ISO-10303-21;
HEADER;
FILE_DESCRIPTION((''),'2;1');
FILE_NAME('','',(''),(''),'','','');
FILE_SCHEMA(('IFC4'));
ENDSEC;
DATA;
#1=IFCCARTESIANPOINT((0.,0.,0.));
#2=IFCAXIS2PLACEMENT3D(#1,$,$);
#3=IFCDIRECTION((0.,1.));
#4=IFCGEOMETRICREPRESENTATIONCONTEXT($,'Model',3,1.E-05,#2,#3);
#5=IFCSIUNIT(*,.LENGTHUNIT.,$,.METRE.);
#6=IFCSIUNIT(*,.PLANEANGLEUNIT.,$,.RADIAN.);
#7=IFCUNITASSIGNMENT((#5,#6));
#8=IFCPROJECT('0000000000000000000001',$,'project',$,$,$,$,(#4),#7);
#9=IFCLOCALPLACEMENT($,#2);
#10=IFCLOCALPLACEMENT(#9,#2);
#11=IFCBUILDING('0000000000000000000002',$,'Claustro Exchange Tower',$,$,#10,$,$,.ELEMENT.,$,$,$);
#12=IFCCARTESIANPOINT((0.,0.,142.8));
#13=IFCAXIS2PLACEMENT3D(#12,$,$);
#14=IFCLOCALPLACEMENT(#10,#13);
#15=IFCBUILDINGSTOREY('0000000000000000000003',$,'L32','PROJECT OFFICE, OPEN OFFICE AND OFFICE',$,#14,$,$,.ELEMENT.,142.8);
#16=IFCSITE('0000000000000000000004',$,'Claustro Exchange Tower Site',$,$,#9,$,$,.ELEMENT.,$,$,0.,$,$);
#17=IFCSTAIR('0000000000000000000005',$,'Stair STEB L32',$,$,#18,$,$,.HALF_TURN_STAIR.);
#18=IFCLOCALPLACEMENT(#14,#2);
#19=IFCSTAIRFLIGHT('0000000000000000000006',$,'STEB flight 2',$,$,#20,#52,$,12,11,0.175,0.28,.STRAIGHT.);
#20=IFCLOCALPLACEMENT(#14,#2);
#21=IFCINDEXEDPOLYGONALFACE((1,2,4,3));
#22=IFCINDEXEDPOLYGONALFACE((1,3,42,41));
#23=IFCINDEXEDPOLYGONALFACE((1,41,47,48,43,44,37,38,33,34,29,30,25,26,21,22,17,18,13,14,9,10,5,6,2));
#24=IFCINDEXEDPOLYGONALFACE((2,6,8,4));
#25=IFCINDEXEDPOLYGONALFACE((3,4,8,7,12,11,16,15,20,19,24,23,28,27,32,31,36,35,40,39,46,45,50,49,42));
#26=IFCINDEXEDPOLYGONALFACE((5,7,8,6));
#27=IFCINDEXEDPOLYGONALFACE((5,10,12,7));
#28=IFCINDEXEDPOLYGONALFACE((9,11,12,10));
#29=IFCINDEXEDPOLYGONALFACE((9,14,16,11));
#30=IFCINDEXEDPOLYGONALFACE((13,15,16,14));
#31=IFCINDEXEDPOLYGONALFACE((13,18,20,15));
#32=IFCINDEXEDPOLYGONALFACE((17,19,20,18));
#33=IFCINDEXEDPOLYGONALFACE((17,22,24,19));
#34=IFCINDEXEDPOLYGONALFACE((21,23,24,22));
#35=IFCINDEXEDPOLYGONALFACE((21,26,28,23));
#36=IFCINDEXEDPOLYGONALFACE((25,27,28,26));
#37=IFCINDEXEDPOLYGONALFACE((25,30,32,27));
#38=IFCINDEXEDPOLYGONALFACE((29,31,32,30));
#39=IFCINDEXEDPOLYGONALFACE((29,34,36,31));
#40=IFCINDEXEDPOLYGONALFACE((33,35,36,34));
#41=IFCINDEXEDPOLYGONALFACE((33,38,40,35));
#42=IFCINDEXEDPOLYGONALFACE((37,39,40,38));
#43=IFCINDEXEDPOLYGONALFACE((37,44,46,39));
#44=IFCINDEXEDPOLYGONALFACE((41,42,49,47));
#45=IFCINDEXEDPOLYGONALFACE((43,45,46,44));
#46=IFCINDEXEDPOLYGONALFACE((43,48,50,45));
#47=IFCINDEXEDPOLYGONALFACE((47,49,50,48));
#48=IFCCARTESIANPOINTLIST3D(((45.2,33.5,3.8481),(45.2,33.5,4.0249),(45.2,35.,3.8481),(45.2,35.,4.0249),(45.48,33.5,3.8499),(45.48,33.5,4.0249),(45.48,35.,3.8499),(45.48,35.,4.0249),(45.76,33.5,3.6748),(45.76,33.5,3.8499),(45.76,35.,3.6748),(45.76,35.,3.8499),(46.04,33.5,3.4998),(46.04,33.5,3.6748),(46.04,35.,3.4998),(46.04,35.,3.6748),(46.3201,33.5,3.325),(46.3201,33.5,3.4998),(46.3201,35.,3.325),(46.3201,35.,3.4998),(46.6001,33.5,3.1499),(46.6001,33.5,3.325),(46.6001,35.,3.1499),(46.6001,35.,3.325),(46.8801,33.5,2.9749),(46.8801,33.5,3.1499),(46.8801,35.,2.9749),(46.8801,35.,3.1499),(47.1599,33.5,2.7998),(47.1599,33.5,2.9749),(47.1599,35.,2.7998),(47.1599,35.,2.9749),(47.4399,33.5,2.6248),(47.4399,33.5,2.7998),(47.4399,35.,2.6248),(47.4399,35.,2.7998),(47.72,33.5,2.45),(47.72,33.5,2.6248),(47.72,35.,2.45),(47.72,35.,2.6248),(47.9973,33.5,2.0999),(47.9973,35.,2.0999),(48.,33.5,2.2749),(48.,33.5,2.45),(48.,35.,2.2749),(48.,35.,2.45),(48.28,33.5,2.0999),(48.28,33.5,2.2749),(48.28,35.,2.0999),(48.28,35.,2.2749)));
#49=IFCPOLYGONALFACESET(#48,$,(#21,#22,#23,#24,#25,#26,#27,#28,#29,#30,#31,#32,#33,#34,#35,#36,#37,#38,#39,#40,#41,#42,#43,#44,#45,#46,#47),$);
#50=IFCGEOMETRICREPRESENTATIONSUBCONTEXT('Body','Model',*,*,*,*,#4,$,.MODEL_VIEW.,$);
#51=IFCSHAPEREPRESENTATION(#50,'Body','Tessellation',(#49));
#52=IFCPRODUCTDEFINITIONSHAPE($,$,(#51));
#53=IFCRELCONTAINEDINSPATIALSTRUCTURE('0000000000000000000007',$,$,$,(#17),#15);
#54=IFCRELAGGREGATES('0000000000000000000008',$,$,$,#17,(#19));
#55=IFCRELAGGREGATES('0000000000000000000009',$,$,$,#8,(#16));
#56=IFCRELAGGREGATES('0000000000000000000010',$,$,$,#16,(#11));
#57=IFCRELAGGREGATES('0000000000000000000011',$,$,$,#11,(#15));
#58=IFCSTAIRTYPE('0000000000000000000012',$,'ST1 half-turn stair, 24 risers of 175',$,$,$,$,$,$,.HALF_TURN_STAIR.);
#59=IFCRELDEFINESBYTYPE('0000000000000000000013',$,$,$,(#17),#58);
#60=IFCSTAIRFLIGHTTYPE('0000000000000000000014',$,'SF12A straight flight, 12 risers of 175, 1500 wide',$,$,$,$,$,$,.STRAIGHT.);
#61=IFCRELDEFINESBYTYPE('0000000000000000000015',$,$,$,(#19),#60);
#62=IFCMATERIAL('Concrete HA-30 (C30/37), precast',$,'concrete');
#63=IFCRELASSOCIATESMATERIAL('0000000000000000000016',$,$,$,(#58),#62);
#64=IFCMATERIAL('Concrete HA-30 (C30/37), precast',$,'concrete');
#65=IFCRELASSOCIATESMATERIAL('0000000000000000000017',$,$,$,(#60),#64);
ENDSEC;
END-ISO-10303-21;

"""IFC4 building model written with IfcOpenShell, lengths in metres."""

from ifc_helpers import new_model, si_unit, direction, frame, origin, place, context, subcontext, project, spatial, polyline, outline, extrude, material, type_object, element, aggregate, save


model = new_model("IFC4")

# Units and contexts
model_context = context("Model", 3, precision=1e-05, world=origin(), true_north=direction((0.0, 1.0)))
body_context = subcontext(model_context, "Body", "Model", "MODEL_VIEW")
ifc_project = project(units=[si_unit("LENGTHUNIT", "METRE"), si_unit("PLANEANGLEUNIT", "RADIAN")], contexts=[model_context])

# Site, building, storey
site_placement = place(None, origin())
site = spatial("IfcSite", under=ifc_project, at=site_placement, Name="Claustro Exchange Tower Site", CompositionType="ELEMENT", RefElevation=0.0)
building_placement = place(site_placement, origin())
building = spatial("IfcBuilding", under=site, at=building_placement, Name="Claustro Exchange Tower", CompositionType="ELEMENT")
storey_placement = place(building_placement, frame((0.0, 0.0, 142.8)))
storey = spatial("IfcBuildingStorey", under=building, at=storey_placement, Name="L32", Description="PROJECT OFFICE, OPEN OFFICE AND OFFICE", CompositionType="ELEMENT", Elevation=142.8)

# Stair, stair flight
ifc_material_1 = material(Name="Concrete HA-30 (C30/37), precast", Category="concrete")
stair_type = type_object("IfcStairType", Name="ST1 half-turn stair, 24 risers of 175", PredefinedType="HALF_TURN_STAIR", material=ifc_material_1)
stair_placement = place(storey_placement, origin())
stair = element("IfcStair", 1, at=stair_placement, inside=storey, type_object=stair_type, Name="Stair STEB L32", PredefinedType="HALF_TURN_STAIR")
ifc_material_2 = material(Name="Concrete HA-30 (C30/37), precast", Category="concrete")
stair_flight_type = type_object("IfcStairFlightType", Name="SF12A straight flight, 12 risers of 175, 1500 wide", PredefinedType="STRAIGHT", material=ifc_material_2)
stair_flight_1_placement = place(storey_placement, frame((48.28, 34.25, 2.0999), z_axis=(0.0, 0.0, 1.0), x_axis=(-1.0, 0.0, 0.0)))
stair_flight_1 = element("IfcStairFlight", 2, at=stair_flight_1_placement, type_object=stair_flight_type, Name="STEB flight 2", NumberOfRisers=12, NumberOfTreads=11, PredefinedType="STRAIGHT", RiserHeight=0.175, TreadLength=0.28, context=body_context, shape_type="SweptSolid", body=[
    extrude(outline(polyline([(0.0, 0.0), (0.0, 0.175), (0.28, 0.175), (0.28, 0.3501), (0.5601, 0.3501), (0.5601, 0.5249), (0.8401, 0.5249), (0.8401, 0.7), (1.1201, 0.7), (1.1201, 0.875), (1.3999, 0.875), (1.3999, 1.05), (1.6799, 1.05), (1.6799, 1.2251), (1.96, 1.2251), (1.96, 1.3999), (2.24, 1.3999), (2.24, 1.575), (2.52, 1.575), (2.52, 1.75), (2.8, 1.75), (2.8, 1.925), (3.0801, 1.925), (3.0801, 2.1001), (3.0801, 1.7483), (0.2827, 0.0), (0.0, 0.0)])), frame((0.0, 0.75, 0.0), z_axis=(0.0, -1.0, 0.0), x_axis=(1.0, 0.0, 0.0)), (0.0, 0.0, 1.0), 1.5),
])
aggregate(stair, [stair_flight_1])

save(model, "model.ifc")
